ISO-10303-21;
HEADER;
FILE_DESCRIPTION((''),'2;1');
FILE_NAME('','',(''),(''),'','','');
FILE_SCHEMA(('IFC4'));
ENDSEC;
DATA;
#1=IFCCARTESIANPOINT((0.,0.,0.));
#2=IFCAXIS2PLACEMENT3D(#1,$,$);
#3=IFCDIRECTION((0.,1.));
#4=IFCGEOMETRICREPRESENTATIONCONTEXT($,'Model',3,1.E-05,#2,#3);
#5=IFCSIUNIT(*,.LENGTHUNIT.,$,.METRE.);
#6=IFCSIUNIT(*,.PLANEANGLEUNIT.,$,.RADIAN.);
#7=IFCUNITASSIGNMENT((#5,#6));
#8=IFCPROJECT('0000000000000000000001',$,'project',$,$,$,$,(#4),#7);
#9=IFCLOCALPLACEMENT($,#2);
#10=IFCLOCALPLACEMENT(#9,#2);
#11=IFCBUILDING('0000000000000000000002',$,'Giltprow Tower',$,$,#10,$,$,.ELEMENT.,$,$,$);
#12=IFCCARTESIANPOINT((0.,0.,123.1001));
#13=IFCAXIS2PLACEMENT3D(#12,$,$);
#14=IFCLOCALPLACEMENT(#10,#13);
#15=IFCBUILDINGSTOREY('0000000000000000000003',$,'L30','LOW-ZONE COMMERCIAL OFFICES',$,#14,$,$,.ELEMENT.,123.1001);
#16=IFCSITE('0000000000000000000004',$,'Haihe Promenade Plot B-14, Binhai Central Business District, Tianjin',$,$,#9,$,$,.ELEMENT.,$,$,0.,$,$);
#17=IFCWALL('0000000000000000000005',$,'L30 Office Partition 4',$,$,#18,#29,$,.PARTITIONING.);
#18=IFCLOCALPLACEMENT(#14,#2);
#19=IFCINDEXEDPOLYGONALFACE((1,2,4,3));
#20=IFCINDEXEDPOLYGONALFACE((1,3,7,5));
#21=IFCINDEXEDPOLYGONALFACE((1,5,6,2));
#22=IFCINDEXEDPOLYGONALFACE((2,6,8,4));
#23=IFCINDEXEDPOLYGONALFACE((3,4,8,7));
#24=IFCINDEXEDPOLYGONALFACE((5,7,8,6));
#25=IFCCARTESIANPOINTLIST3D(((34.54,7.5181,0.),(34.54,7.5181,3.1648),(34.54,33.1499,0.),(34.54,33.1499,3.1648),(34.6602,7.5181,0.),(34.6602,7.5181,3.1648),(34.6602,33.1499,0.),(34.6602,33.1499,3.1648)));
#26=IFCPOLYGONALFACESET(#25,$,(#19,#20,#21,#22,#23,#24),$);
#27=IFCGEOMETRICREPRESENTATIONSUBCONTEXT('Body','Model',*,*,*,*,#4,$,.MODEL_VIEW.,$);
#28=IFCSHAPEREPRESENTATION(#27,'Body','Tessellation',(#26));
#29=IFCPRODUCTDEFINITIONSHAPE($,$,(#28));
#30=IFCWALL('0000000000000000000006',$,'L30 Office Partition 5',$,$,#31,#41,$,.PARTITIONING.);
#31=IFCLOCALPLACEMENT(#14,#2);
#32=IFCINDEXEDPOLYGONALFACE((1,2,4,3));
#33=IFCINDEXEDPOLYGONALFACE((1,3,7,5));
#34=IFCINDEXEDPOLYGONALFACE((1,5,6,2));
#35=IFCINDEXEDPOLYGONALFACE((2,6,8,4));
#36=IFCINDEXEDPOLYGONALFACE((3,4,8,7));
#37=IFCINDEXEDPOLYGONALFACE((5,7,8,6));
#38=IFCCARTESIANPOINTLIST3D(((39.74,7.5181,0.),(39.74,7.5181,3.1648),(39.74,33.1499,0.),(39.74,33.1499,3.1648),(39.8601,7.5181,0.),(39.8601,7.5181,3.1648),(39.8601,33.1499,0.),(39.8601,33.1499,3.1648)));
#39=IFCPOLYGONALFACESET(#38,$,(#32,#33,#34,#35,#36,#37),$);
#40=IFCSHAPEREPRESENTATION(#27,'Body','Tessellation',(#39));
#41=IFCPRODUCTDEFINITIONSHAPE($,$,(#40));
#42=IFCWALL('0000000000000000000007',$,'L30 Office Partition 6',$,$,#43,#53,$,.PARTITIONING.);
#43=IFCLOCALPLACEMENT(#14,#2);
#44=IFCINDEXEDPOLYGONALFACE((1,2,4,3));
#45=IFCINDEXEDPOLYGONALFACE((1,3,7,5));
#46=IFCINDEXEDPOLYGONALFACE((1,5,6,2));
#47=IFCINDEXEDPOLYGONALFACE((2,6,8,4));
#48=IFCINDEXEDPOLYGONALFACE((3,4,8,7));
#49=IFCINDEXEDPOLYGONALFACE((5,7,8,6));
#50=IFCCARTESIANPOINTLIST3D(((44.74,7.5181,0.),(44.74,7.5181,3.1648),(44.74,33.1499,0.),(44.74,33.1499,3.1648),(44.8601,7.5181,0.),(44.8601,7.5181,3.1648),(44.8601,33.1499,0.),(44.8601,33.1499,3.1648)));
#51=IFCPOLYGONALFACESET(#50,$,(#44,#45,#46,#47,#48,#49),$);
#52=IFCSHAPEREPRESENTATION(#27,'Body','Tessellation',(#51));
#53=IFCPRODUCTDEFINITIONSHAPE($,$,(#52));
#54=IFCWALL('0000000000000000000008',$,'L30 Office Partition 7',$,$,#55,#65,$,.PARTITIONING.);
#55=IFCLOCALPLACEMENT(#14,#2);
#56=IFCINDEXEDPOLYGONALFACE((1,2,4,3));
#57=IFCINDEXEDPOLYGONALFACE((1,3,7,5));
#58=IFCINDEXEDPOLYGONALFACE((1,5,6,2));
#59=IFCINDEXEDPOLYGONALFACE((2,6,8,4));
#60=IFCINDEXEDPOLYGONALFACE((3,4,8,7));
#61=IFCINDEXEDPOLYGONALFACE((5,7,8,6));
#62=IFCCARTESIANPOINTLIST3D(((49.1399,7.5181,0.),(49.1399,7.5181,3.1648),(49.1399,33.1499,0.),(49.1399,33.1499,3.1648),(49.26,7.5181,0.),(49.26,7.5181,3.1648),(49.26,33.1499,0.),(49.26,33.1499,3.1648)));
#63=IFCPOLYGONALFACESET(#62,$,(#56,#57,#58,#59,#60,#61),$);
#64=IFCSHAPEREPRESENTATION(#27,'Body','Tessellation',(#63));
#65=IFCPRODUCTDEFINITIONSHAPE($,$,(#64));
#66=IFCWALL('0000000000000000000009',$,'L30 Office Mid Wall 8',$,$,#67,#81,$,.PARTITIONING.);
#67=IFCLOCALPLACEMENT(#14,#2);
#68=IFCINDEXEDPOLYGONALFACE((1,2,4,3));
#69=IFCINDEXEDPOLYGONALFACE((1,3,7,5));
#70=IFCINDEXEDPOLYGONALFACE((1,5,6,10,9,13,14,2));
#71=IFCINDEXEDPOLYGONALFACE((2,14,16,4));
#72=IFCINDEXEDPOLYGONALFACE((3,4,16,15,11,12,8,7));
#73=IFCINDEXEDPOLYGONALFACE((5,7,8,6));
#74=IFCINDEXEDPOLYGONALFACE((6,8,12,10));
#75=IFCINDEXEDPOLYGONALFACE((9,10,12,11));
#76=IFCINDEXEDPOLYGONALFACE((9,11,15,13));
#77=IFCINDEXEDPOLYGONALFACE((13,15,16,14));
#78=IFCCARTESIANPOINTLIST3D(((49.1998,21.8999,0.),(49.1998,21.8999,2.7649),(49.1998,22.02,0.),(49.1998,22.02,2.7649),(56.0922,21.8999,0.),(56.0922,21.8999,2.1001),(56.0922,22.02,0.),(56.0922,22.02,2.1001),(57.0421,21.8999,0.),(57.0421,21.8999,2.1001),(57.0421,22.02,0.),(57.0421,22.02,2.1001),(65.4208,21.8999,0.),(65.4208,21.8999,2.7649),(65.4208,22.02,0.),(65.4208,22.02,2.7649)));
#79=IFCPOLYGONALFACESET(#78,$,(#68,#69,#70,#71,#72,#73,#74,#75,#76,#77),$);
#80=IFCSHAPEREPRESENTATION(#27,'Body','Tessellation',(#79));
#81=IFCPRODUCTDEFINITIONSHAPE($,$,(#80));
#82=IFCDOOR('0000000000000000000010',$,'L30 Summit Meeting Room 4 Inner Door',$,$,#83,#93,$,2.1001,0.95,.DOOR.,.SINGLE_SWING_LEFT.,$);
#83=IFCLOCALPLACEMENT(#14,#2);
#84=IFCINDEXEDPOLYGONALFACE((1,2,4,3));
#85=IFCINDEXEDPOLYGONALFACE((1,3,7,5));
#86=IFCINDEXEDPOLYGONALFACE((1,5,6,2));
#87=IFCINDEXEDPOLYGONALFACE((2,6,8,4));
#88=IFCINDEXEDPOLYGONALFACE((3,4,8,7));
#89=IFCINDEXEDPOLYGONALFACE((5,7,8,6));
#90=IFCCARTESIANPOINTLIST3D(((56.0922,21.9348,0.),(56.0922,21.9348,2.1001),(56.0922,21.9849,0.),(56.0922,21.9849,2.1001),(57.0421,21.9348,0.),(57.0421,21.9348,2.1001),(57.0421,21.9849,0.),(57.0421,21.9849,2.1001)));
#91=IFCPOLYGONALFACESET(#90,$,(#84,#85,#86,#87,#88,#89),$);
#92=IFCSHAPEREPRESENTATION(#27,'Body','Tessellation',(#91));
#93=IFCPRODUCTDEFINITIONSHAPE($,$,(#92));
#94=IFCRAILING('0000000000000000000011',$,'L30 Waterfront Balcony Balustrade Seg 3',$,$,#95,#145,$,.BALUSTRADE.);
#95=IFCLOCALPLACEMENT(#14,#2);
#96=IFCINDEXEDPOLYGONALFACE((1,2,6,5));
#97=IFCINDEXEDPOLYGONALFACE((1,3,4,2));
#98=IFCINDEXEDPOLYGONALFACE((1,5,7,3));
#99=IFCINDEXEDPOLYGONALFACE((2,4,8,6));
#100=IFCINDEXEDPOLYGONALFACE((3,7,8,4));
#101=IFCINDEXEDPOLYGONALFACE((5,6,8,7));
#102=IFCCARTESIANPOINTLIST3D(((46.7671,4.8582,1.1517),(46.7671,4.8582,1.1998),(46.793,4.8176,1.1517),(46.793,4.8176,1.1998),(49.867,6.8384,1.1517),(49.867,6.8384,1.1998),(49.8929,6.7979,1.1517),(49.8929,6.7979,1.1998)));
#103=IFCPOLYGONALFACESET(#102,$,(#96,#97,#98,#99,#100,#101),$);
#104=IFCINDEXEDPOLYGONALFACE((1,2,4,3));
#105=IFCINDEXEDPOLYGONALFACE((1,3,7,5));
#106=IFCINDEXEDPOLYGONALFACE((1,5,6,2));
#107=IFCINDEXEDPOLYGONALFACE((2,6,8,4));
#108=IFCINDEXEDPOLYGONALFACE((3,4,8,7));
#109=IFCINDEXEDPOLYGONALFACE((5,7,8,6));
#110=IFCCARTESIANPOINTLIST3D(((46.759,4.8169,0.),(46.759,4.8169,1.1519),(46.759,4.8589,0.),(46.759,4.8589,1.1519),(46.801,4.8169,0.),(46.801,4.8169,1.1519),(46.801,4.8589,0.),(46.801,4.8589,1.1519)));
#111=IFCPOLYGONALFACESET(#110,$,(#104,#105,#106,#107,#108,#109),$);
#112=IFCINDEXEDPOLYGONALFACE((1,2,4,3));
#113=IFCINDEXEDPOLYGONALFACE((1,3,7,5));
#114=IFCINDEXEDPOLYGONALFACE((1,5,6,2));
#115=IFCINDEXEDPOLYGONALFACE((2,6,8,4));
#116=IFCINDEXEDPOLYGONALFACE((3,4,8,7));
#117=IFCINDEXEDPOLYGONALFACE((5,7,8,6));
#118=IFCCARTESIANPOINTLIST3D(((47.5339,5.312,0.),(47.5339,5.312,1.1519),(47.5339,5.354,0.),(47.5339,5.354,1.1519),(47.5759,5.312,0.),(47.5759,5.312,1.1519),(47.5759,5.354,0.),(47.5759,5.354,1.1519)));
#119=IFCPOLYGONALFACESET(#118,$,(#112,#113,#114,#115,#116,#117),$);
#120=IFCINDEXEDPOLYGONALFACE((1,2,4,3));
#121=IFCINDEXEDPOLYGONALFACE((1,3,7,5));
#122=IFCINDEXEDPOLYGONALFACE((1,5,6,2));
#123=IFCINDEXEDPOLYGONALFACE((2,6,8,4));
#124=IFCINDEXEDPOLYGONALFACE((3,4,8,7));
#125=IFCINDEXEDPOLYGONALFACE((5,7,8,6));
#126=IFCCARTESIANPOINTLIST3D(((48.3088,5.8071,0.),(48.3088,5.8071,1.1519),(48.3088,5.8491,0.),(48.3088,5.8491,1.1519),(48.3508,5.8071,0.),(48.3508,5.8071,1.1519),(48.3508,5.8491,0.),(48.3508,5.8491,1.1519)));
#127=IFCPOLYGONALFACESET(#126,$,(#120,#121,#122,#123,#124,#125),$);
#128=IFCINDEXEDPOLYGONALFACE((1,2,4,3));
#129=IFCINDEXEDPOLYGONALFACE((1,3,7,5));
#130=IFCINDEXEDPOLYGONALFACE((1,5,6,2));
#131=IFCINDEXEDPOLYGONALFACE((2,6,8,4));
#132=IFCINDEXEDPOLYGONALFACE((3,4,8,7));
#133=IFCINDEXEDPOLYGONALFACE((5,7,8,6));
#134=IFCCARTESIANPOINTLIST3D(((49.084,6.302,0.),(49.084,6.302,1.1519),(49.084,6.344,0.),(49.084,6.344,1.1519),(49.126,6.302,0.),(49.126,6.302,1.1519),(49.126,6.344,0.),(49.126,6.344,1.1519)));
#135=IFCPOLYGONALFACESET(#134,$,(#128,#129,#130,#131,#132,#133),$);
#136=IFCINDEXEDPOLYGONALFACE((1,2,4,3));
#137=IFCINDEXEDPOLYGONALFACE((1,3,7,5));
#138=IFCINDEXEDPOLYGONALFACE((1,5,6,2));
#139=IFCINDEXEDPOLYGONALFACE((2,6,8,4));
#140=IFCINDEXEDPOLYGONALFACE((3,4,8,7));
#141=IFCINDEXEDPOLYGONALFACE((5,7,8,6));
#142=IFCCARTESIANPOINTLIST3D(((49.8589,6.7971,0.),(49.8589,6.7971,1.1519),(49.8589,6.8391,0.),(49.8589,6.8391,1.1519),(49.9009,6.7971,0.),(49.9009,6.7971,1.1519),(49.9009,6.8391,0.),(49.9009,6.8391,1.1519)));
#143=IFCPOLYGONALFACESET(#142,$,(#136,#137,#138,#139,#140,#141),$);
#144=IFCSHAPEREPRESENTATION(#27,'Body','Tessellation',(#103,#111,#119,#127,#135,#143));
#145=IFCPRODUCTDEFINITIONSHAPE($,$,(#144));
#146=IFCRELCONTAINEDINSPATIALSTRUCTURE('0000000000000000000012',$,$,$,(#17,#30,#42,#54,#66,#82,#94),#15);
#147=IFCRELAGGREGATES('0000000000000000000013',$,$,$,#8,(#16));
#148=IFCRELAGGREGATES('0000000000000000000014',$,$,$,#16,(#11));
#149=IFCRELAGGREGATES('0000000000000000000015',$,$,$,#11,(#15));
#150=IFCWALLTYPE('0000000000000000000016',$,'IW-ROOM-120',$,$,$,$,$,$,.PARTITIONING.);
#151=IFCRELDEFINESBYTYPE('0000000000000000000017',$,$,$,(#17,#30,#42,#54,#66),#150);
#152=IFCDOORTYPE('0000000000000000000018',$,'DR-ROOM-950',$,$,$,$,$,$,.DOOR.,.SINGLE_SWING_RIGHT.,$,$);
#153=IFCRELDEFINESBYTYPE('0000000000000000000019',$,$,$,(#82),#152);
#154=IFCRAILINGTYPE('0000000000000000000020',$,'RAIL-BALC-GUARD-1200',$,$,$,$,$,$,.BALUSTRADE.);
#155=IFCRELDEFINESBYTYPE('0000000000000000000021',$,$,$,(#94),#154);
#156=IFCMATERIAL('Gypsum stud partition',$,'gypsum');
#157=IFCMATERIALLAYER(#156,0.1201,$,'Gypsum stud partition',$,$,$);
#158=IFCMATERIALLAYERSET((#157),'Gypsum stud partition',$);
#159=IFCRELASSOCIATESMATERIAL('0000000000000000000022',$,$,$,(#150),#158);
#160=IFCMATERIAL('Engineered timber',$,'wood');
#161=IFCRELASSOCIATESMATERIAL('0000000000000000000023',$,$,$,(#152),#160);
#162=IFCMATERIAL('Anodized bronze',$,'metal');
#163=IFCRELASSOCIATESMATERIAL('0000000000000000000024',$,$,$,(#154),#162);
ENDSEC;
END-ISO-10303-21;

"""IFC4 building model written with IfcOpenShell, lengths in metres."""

from ifc_helpers import new_model, si_unit, direction, frame, frame_2d, origin, origin_2d, place, context, subcontext, project, spatial, rectangle, extrude, source, transform, mapped, material, layer, layer_set, type_object, element, fill, save


model = new_model("IFC4")

# Units and contexts
model_context = context("Model", 3, precision=1e-05, world=origin(), true_north=direction((0.0, 1.0)))
body_context = subcontext(model_context, "Body", "Model", "MODEL_VIEW")
ifc_project = project(units=[si_unit("LENGTHUNIT", "METRE"), si_unit("PLANEANGLEUNIT", "RADIAN")], contexts=[model_context])

# Site, building, storey
site_placement = place(None, origin())
site = spatial("IfcSite", under=ifc_project, at=site_placement, Name="Haihe Promenade Plot B-14, Binhai Central Business District, Tianjin", CompositionType="ELEMENT", RefElevation=0.0)
building_placement = place(site_placement, origin())
building = spatial("IfcBuilding", under=site, at=building_placement, Name="Giltprow Tower", CompositionType="ELEMENT")
storey_placement = place(building_placement, frame((0.0, 0.0, 123.1001)))
storey = spatial("IfcBuildingStorey", under=building, at=storey_placement, Name="L30", Description="LOW-ZONE COMMERCIAL OFFICES", CompositionType="ELEMENT", Elevation=123.1001)

# Shared definitions
ifc_material_1 = material(Name="Anodized bronze", Category="metal")

# Walls
ifc_material_2 = material(Name="Gypsum stud partition", Category="gypsum")
ifc_layer_1 = layer(ifc_material_2, 0.1201, Name="Gypsum stud partition")
ifc_layer_set_1 = layer_set([ifc_layer_1], Name="Gypsum stud partition")
wall_type_1 = type_object("IfcWallType", Name="IW-ROOM-120", PredefinedType="PARTITIONING", material=ifc_layer_set_1)
for number, where, z_axis, x_axis, name in (
    (1, (34.6001, 7.5181, 0.0), (0.0, 0.0, 1.0), (0.0, 1.0, 0.0), "L30 Office Partition 4"),
    (2, (39.8, 7.5181, 0.0), (0.0, 0.0, 1.0), (0.0, 1.0, 0.0), "L30 Office Partition 5"),
    (3, (44.8, 7.5181, 0.0), (0.0, 0.0, 1.0), (0.0, 1.0, 0.0), "L30 Office Partition 6"),
    (4, (49.2, 7.5181, 0.0), (0.0, 0.0, 1.0), (0.0, 1.0, 0.0), "L30 Office Partition 7"),
):
    element("IfcWall", number, at=place(storey_placement, frame(where, z_axis=z_axis, x_axis=x_axis)), inside=storey, type_object=wall_type_1, Name=name, PredefinedType="PARTITIONING", context=body_context, shape_type="SweptSolid", body=[
        extrude(rectangle(XDim=25.6318, YDim=0.1201, at=frame_2d((12.8159, 0.0))), origin(), (0.0, 0.0, 1.0), 3.1648),
    ])

# Wall, opening, door
wall_1_placement = place(storey_placement, frame((49.2, 21.96, 0.0), z_axis=(0.0, 0.0, 1.0), x_axis=(1.0, 0.0, 0.0)))
wall_1 = element("IfcWall", 5, at=wall_1_placement, inside=storey, type_object=wall_type_1, Name="L30 Office Mid Wall 8", PredefinedType="PARTITIONING", context=body_context, shape_type="SweptSolid", body=[
    extrude(rectangle(XDim=16.2209, YDim=0.1201, at=frame_2d((8.1104, 0.0))), origin(), (0.0, 0.0, 1.0), 2.7649),
])
opening_1_placement = place(wall_1_placement, frame((6.8921, 0.0, 0.0)))
opening_1 = element("IfcOpeningElement", 6, at=opening_1_placement, cuts=wall_1, PredefinedType="OPENING", context=body_context, shape_type="SweptSolid", body=[
    extrude(rectangle(XDim=0.95, YDim=2.1001, at=frame_2d((0.4751, 1.05))), frame((0.0, 0.0701, 0.0), z_axis=(0.0, -1.0, 0.0), x_axis=(1.0, 0.0, 0.0)), (0.0, 0.0, 1.0), 0.1401),
])
ifc_material_3 = material(Name="Engineered timber", Category="wood")
door_type_1 = type_object("IfcDoorType", Name="DR-ROOM-950", OperationType="SINGLE_SWING_RIGHT", PredefinedType="DOOR", material=ifc_material_3)
shared_shape_1 = source(origin(), body_context, "Body", "SweptSolid", [
    extrude(rectangle(XDim=0.95, YDim=2.1001, at=frame_2d((0.4751, 1.05))), frame((0.0, 0.0249, 0.0), z_axis=(0.0, -1.0, 0.0), x_axis=(1.0, 0.0, 0.0)), (0.0, 0.0, 1.0), 0.05),
])
door_1_placement = place(opening_1_placement, origin())
door_1 = element("IfcDoor", 7, at=door_1_placement, inside=storey, type_object=door_type_1, Name="L30 Summit Meeting Room 4 Inner Door", OperationType="SINGLE_SWING_LEFT", OverallHeight=2.1001, OverallWidth=0.95, PredefinedType="DOOR", context=body_context, shape_type="MappedRepresentation", body=[
    mapped(shared_shape_1, transform((0.0, 0.0, 0.0), x_axis=(1.0, 0.0, 0.0), y_axis=(0.0, 1.0, 0.0), z_axis=(0.0, 0.0, 1.0), scale=1.0)),
])
fill(opening_1, door_1)

# Railing
railing_type = type_object("IfcRailingType", Name="RAIL-BALC-GUARD-1200", PredefinedType="BALUSTRADE", material=ifc_material_1)
railing_1_placement = place(storey_placement, frame((46.78, 4.8379, 0.0)))
element("IfcRailing", 8, at=railing_1_placement, inside=storey, type_object=railing_type, Name="L30 Waterfront Balcony Balustrade Seg 3", PredefinedType="BALUSTRADE", context=body_context, shape_type="SweptSolid", body=[
    extrude(rectangle(XDim=0.0481, YDim=0.0481, at=origin_2d()), frame((0.0, 0.0, 1.1758), z_axis=(0.842726, 0.538343, 0.0), x_axis=(-0.538343, 0.842726, 0.0)), (0.0, 0.0, 1.0), 3.6785),
    extrude(rectangle(XDim=0.042, YDim=0.042, at=origin_2d()), origin(), (0.0, 0.0, 1.0), 1.1519),
    extrude(rectangle(XDim=0.042, YDim=0.042, at=origin_2d()), frame((0.7749, 0.4951, 0.0)), (0.0, 0.0, 1.0), 1.1519),
    extrude(rectangle(XDim=0.042, YDim=0.042, at=origin_2d()), frame((1.5498, 0.9902, 0.0)), (0.0, 0.0, 1.0), 1.1519),
    extrude(rectangle(XDim=0.042, YDim=0.042, at=origin_2d()), frame((2.325, 1.4851, 0.0)), (0.0, 0.0, 1.0), 1.1519),
    extrude(rectangle(XDim=0.042, YDim=0.042, at=origin_2d()), frame((3.0999, 1.9802, 0.0)), (0.0, 0.0, 1.0), 1.1519),
])

save(model, "model.ifc")
